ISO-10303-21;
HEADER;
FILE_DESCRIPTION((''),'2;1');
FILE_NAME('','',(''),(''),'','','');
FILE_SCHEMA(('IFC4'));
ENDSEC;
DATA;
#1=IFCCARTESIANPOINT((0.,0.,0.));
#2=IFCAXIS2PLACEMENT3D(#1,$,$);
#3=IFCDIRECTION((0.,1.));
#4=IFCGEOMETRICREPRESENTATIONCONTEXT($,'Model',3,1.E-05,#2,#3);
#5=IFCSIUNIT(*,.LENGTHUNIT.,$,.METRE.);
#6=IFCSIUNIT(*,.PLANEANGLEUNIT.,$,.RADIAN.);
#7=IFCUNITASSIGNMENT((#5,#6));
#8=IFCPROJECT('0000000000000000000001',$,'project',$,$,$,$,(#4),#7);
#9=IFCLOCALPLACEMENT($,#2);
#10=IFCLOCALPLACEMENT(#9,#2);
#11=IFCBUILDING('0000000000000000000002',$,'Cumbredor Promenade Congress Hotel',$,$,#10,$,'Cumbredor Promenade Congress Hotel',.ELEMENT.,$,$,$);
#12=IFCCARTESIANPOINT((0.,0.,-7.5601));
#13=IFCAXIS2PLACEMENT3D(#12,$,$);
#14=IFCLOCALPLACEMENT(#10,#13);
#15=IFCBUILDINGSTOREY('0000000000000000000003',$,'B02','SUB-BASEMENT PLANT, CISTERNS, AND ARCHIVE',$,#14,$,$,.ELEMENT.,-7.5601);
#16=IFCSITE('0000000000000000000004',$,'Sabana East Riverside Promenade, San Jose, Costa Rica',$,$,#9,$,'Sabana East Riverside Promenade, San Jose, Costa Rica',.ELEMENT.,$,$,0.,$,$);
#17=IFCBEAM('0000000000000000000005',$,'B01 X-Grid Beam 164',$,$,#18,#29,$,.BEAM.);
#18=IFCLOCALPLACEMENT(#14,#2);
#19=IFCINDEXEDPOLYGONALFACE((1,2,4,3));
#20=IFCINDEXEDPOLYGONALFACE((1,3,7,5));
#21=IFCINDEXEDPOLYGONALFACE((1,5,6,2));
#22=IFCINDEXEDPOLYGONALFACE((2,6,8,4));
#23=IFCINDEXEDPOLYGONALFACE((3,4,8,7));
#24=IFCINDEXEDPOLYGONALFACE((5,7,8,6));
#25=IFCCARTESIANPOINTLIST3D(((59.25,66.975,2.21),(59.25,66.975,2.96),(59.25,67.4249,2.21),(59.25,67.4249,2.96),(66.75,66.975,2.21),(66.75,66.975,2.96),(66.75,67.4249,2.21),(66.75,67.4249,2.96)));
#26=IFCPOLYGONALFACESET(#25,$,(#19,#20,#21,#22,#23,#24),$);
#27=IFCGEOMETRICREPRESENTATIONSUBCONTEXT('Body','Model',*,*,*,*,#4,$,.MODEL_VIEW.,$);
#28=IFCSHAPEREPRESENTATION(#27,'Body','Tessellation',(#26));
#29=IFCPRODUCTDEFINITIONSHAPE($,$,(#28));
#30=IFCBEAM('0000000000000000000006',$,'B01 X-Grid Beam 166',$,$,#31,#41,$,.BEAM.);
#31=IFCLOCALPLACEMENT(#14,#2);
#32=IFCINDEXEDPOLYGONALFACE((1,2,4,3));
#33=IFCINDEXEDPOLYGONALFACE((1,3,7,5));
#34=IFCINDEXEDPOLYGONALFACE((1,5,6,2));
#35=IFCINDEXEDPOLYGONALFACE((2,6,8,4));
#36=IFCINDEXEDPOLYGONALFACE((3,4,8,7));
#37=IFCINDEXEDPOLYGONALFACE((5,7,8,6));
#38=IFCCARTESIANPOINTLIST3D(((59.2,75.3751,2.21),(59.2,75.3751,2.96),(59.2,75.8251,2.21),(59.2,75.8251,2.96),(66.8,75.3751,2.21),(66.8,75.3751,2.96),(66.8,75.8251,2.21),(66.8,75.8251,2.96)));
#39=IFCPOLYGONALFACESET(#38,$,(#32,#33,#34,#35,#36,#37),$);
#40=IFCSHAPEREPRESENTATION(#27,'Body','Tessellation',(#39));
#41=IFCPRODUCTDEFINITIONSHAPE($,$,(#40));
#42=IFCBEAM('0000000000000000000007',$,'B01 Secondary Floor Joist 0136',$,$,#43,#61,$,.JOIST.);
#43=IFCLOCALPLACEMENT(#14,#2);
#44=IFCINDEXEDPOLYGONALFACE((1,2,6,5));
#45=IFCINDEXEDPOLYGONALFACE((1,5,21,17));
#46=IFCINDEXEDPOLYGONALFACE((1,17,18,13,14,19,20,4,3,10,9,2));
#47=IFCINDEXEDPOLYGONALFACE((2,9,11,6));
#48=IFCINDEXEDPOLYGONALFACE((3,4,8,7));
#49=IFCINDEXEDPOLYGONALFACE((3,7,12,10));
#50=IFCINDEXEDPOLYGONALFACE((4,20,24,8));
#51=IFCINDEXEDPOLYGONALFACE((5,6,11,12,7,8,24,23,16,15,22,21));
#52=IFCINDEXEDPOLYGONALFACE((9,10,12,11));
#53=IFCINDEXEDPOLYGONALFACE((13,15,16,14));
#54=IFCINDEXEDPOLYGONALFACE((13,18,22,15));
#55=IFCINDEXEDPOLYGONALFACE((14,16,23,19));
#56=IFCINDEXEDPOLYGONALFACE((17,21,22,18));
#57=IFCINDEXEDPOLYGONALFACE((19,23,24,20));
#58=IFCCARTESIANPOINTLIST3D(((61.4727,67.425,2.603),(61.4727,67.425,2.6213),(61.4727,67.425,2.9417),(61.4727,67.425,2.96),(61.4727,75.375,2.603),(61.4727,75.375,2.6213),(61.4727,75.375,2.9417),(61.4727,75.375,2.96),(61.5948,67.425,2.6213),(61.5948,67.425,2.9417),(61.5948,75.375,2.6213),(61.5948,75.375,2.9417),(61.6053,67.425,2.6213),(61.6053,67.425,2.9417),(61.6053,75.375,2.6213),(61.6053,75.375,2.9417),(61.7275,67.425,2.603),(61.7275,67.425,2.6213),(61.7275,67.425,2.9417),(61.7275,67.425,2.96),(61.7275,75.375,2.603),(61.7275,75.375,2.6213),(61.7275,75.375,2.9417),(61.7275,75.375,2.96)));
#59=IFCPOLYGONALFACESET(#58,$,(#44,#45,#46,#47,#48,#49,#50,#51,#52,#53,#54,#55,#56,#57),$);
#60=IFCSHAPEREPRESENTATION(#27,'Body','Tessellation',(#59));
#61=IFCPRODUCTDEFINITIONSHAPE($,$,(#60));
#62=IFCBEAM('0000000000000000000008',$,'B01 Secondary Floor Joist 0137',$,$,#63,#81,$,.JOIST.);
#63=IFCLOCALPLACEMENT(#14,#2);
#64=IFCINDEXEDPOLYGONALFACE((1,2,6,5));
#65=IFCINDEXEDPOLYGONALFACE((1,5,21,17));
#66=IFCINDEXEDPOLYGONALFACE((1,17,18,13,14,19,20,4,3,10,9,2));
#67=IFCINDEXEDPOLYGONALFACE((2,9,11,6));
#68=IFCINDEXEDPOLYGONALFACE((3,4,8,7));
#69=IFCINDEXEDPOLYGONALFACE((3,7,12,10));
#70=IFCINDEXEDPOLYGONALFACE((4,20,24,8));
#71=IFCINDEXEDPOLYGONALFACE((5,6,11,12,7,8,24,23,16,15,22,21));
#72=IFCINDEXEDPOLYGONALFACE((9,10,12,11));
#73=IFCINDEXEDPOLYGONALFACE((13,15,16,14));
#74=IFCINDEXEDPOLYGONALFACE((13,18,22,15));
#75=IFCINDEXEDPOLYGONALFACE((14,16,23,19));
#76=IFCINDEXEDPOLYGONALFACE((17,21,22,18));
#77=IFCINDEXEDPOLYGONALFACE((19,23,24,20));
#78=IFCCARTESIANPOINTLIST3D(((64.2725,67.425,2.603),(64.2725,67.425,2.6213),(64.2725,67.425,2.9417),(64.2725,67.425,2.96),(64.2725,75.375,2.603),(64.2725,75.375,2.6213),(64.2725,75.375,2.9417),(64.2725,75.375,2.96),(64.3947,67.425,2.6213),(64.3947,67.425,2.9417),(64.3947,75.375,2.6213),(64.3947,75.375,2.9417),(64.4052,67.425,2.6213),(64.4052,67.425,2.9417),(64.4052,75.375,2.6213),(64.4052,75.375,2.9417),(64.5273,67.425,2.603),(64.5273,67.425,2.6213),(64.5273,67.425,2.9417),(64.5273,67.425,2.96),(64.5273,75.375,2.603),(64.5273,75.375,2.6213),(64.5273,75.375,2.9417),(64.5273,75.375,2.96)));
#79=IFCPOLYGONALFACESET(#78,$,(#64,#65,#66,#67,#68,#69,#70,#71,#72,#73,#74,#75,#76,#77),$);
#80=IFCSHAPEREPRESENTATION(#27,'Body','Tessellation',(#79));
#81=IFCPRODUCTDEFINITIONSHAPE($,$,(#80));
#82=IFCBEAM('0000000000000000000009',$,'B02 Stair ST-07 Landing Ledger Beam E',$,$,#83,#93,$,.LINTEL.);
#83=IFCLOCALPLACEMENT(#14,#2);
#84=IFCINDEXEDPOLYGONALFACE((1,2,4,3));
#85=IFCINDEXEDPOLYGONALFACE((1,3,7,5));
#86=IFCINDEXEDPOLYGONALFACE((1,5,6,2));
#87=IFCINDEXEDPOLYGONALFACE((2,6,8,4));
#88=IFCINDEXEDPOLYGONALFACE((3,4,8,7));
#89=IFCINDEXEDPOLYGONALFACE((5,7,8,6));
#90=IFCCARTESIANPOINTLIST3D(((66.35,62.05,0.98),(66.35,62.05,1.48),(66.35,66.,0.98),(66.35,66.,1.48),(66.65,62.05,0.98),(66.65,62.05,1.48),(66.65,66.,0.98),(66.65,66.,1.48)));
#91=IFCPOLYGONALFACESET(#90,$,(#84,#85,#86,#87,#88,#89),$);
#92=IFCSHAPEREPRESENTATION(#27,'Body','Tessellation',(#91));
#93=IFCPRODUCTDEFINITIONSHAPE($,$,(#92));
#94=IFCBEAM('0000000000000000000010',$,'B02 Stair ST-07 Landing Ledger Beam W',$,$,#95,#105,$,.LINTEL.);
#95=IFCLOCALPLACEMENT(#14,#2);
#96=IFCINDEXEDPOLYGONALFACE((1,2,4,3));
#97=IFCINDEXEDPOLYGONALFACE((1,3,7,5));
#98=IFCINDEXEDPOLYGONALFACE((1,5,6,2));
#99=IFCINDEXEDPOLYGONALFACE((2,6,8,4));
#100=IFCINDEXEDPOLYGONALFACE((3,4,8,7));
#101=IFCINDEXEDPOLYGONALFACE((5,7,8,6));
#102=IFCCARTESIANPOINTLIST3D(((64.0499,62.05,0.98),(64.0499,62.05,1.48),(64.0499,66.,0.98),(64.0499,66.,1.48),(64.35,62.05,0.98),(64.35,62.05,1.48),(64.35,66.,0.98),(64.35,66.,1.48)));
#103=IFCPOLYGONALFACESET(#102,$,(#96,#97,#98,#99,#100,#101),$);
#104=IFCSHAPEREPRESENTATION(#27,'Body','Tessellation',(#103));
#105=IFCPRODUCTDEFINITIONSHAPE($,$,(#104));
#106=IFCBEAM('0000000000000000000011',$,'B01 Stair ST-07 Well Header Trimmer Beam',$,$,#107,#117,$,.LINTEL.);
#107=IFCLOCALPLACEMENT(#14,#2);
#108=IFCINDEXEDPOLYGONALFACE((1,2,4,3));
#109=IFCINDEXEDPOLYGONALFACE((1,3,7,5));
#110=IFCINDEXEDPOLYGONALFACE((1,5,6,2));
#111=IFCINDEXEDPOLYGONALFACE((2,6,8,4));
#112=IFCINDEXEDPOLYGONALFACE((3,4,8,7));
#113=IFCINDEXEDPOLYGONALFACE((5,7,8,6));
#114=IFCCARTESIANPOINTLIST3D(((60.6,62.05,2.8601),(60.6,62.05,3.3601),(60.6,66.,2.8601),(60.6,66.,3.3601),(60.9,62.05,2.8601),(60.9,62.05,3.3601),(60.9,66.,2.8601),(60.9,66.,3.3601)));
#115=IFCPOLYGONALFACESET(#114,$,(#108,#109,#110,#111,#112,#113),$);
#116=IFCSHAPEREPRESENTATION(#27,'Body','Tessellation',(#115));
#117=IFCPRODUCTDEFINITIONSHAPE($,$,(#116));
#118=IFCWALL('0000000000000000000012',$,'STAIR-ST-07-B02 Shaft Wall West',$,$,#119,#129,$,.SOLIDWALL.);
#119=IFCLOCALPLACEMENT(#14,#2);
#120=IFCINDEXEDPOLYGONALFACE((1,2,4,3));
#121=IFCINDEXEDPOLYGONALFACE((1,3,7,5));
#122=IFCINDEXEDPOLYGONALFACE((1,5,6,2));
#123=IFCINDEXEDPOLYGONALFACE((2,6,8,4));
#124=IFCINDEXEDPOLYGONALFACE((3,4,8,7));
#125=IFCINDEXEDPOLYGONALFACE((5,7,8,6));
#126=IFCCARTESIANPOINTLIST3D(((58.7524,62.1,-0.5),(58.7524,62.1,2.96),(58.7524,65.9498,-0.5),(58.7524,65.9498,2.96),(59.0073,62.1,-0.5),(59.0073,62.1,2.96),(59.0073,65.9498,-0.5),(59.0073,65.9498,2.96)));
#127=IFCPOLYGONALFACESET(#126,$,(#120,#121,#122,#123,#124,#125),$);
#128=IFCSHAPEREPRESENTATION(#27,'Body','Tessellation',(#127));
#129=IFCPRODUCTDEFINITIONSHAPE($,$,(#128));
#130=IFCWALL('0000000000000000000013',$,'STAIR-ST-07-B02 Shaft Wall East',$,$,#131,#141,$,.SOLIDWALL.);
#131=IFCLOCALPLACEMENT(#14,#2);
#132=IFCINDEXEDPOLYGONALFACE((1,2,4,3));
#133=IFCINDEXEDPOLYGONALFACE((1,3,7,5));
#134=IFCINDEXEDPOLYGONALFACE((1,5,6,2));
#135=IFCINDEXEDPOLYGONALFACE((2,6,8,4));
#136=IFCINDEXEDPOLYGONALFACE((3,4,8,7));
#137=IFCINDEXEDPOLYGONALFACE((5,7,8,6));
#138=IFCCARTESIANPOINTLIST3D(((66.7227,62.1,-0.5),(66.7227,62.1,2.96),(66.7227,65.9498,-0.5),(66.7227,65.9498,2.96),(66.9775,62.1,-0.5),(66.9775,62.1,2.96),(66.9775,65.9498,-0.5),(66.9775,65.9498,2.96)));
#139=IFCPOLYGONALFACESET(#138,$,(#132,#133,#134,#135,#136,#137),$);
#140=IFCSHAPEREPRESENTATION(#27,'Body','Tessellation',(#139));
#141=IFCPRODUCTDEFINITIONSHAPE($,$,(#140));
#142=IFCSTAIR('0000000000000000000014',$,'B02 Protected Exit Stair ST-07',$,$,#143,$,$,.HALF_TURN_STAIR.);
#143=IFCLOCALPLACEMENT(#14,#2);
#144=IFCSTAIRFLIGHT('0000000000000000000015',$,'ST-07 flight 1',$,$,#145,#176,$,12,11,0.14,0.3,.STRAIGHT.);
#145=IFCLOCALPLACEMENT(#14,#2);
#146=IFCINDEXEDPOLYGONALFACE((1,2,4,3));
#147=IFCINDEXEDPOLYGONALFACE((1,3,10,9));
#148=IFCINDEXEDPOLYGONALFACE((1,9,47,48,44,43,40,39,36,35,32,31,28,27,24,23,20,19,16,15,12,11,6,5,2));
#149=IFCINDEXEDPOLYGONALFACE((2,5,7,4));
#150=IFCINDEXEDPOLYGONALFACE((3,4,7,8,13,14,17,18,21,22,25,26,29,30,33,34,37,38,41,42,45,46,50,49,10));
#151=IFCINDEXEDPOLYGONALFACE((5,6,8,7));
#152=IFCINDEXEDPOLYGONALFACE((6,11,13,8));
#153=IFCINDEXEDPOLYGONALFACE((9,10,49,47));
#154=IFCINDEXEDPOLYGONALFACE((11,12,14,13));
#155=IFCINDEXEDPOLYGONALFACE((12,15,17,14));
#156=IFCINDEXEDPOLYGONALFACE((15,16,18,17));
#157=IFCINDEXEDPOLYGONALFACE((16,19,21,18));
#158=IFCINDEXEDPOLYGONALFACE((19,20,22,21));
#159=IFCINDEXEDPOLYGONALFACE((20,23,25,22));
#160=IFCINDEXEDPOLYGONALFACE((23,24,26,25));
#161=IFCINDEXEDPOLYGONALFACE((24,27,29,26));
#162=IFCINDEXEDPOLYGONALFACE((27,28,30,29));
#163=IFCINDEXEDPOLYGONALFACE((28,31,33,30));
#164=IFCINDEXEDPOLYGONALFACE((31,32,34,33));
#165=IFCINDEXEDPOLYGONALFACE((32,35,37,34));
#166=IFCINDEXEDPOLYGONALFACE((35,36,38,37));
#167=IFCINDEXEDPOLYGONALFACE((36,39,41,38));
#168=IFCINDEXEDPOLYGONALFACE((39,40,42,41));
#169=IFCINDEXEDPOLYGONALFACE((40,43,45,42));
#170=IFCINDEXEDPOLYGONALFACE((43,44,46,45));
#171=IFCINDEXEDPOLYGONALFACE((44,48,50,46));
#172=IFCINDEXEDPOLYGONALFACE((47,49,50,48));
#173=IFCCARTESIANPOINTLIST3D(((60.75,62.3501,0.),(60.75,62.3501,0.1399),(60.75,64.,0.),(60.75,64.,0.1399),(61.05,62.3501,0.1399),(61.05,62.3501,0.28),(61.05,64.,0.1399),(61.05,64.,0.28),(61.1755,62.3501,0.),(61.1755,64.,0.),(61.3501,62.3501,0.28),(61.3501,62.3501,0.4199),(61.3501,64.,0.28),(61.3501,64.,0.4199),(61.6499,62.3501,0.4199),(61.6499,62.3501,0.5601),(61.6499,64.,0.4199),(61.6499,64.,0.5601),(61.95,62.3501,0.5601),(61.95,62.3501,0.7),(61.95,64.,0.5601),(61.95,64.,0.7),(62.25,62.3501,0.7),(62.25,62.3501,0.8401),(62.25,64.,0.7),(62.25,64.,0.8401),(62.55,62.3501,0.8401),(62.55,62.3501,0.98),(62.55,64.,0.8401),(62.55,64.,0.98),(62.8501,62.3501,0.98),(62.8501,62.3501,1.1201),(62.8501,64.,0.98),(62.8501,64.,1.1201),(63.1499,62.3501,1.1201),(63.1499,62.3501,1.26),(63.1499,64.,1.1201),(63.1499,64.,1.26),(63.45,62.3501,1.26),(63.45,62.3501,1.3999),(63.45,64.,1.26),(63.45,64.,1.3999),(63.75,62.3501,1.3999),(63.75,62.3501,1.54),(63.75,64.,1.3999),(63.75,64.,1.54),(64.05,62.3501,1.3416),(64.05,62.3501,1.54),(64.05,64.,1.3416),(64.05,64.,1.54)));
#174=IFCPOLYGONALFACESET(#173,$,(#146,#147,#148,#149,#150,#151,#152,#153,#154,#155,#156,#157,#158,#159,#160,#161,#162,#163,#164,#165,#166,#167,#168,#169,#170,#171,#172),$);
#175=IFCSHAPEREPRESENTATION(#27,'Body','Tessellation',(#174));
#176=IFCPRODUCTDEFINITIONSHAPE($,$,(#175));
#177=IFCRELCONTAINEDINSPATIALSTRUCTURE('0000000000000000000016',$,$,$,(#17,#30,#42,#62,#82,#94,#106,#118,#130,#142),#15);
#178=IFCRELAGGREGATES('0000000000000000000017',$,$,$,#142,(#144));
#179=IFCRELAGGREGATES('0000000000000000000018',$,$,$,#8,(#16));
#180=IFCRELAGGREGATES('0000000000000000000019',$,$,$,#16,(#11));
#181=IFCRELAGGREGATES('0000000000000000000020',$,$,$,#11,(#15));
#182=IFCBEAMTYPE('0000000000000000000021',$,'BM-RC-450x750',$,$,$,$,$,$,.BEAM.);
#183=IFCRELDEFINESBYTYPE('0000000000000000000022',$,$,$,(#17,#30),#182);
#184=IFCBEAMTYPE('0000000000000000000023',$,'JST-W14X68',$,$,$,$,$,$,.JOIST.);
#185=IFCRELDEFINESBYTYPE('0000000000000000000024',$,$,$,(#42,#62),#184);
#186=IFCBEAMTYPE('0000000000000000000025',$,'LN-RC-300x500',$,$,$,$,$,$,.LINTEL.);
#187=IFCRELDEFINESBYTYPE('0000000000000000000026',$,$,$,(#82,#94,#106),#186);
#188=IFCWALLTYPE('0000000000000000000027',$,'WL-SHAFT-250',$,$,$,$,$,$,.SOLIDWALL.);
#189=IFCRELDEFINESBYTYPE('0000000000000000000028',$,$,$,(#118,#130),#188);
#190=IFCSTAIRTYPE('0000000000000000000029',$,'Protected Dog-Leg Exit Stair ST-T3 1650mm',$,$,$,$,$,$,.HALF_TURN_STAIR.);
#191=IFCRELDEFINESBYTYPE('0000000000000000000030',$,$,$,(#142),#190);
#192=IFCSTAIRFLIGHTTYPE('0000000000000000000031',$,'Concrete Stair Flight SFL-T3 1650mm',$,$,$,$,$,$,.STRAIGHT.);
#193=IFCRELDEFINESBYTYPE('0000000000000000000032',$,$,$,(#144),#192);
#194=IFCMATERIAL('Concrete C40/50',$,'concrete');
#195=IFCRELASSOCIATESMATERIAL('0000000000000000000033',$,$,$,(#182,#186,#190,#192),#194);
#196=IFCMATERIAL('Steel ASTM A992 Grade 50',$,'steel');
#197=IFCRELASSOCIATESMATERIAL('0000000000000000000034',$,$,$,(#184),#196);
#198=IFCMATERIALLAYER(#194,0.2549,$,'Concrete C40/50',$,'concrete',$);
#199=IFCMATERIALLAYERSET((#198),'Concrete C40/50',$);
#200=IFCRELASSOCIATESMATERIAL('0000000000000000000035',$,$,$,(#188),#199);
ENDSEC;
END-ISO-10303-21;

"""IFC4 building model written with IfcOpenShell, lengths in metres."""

from ifc_helpers import new_model, si_unit, direction, frame, frame_2d, origin, origin_2d, place, context, subcontext, project, spatial, polyline, rectangle, i_section, outline, extrude, material, layer, layer_set, material_profile, profile_set, type_object, element, aggregate, save


model = new_model("IFC4")

# Units and contexts
model_context = context("Model", 3, precision=1e-05, world=origin(), true_north=direction((0.0, 1.0)))
body_context = subcontext(model_context, "Body", "Model", "MODEL_VIEW")
ifc_project = project(units=[si_unit("LENGTHUNIT", "METRE"), si_unit("PLANEANGLEUNIT", "RADIAN")], contexts=[model_context])

# Site, building, storey
site_placement = place(None, origin())
site = spatial("IfcSite", under=ifc_project, at=site_placement, Name="Sabana East Riverside Promenade, San Jose, Costa Rica", LongName="Sabana East Riverside Promenade, San Jose, Costa Rica", CompositionType="ELEMENT", RefElevation=0.0)
building_placement = place(site_placement, origin())
building = spatial("IfcBuilding", under=site, at=building_placement, Name="Cumbredor Promenade Congress Hotel", LongName="Cumbredor Promenade Congress Hotel", CompositionType="ELEMENT")
storey_placement = place(building_placement, frame((0.0, 0.0, -7.5601)))
storey = spatial("IfcBuildingStorey", under=building, at=storey_placement, Name="B02", Description="SUB-BASEMENT PLANT, CISTERNS, AND ARCHIVE", CompositionType="ELEMENT", Elevation=-7.5601)

# Shared definitions
ifc_material_1 = material(Name="Concrete C40/50", Category="concrete")

# Beams
ifc_material_profile_1 = material_profile(ifc_material_1, rectangle(XDim=0.45, YDim=0.75, at=origin_2d()), Name="RC BEAM 450x750")
ifc_profile_set_1 = profile_set([ifc_material_profile_1], Name="Concrete C40/50")
beam_type_1 = type_object("IfcBeamType", Name="BM-RC-450x750", PredefinedType="BEAM", material=ifc_profile_set_1)
beam_1_placement = place(storey_placement, frame((59.25, 67.2, 2.585), z_axis=(1.0, 0.0, 0.0), x_axis=(0.0, 1.0, 0.0)))
element("IfcBeam", 1, at=beam_1_placement, inside=storey, type_object=beam_type_1, Name="B01 X-Grid Beam 164", PredefinedType="BEAM", context=body_context, shape_type="SweptSolid", body=[
    extrude(rectangle(XDim=0.45, YDim=0.75, at=origin_2d()), origin(), (0.0, 0.0, 1.0), 7.5),
])
beam_2_placement = place(storey_placement, frame((59.2, 75.6001, 2.585), z_axis=(1.0, 0.0, 0.0), x_axis=(0.0, 1.0, 0.0)))
element("IfcBeam", 2, at=beam_2_placement, inside=storey, type_object=beam_type_1, Name="B01 X-Grid Beam 166", PredefinedType="BEAM", context=body_context, shape_type="SweptSolid", body=[
    extrude(rectangle(XDim=0.45, YDim=0.75, at=origin_2d()), origin(), (0.0, 0.0, 1.0), 7.6001),
])
ifc_material_2 = material(Name="Steel ASTM A992 Grade 50", Category="steel")
ifc_material_profile_2 = material_profile(ifc_material_2, i_section(OverallWidth=0.2549, OverallDepth=0.3569, WebThickness=0.0105, FlangeThickness=0.0183, at=origin_2d()), Name="W14X68")
ifc_profile_set_2 = profile_set([ifc_material_profile_2], Name="Steel ASTM A992 Grade 50")
beam_type_2 = type_object("IfcBeamType", Name="JST-W14X68", PredefinedType="JOIST", material=ifc_profile_set_2)
for number, where, z_axis, x_axis, name in (
    (3, (61.6001, 67.425, 2.7815), (0.0, 1.0, 0.0), (-1.0, 0.0, 0.0), "B01 Secondary Floor Joist 0136"),
    (4, (64.3999, 67.425, 2.7815), (0.0, 1.0, 0.0), (-1.0, 0.0, 0.0), "B01 Secondary Floor Joist 0137"),
):
    element("IfcBeam", number, at=place(storey_placement, frame(where, z_axis=z_axis, x_axis=x_axis)), inside=storey, type_object=beam_type_2, Name=name, PredefinedType="JOIST", context=body_context, shape_type="SweptSolid", body=[
        extrude(i_section(OverallWidth=0.2549, OverallDepth=0.3569, WebThickness=0.0105, FlangeThickness=0.0183, at=origin_2d()), origin(), (0.0, 0.0, 1.0), 7.95),
    ])
ifc_material_profile_3 = material_profile(ifc_material_1, rectangle(XDim=0.3, YDim=0.5, at=origin_2d()), Name="RC LINTEL 300x500")
ifc_profile_set_3 = profile_set([ifc_material_profile_3], Name="Concrete C40/50")
beam_type_3 = type_object("IfcBeamType", Name="LN-RC-300x500", PredefinedType="LINTEL", material=ifc_profile_set_3)
for number, where, z_axis, x_axis, name in (
    (5, (66.5, 62.05, 1.23), (0.0, 1.0, 0.0), (-1.0, 0.0, 0.0), "B02 Stair ST-07 Landing Ledger Beam E"),
    (6, (64.2, 62.05, 1.23), (0.0, 1.0, 0.0), (-1.0, 0.0, 0.0), "B02 Stair ST-07 Landing Ledger Beam W"),
    (7, (60.75, 62.05, 3.1101), (0.0, 1.0, 0.0), (-1.0, 0.0, 0.0), "B01 Stair ST-07 Well Header Trimmer Beam"),
):
    element("IfcBeam", number, at=place(storey_placement, frame(where, z_axis=z_axis, x_axis=x_axis)), inside=storey, type_object=beam_type_3, Name=name, PredefinedType="LINTEL", context=body_context, shape_type="SweptSolid", body=[
        extrude(rectangle(XDim=0.3, YDim=0.5, at=origin_2d()), origin(), (0.0, 0.0, 1.0), 3.95),
    ])

# Walls
ifc_layer = layer(ifc_material_1, 0.2549, Name="Concrete C40/50", Category="concrete")
ifc_layer_set = layer_set([ifc_layer], Name="Concrete C40/50")
wall_type = type_object("IfcWallType", Name="WL-SHAFT-250", PredefinedType="SOLIDWALL", material=ifc_layer_set)
for number, where, z_axis, x_axis, name in (
    (8, (58.8799, 62.1001, -0.5), (0.0, 0.0, 1.0), (0.0, 1.0, 0.0), "STAIR-ST-07-B02 Shaft Wall West"),
    (9, (66.8501, 62.1001, -0.5), (0.0, 0.0, 1.0), (0.0, 1.0, 0.0), "STAIR-ST-07-B02 Shaft Wall East"),
):
    element("IfcWall", number, at=place(storey_placement, frame(where, z_axis=z_axis, x_axis=x_axis)), inside=storey, type_object=wall_type, Name=name, PredefinedType="SOLIDWALL", context=body_context, shape_type="SweptSolid", body=[
        extrude(rectangle(XDim=3.8499, YDim=0.2549, at=frame_2d((1.9248, 0.0))), origin(), (0.0, 0.0, 1.0), 3.46),
    ])

# Stair, stair flight
stair_type = type_object("IfcStairType", Name="Protected Dog-Leg Exit Stair ST-T3 1650mm", PredefinedType="HALF_TURN_STAIR", material=ifc_material_1)
stair_placement = place(storey_placement, origin())
stair = element("IfcStair", 10, at=stair_placement, inside=storey, type_object=stair_type, Name="B02 Protected Exit Stair ST-07", PredefinedType="HALF_TURN_STAIR")
stair_flight_type = type_object("IfcStairFlightType", Name="Concrete Stair Flight SFL-T3 1650mm", PredefinedType="STRAIGHT", material=ifc_material_1)
stair_flight_1_placement = place(storey_placement, frame((60.75, 63.175, 0.0), z_axis=(0.0, 0.0, 1.0), x_axis=(1.0, 0.0, 0.0)))
stair_flight_1 = element("IfcStairFlight", 11, at=stair_flight_1_placement, type_object=stair_flight_type, Name="ST-07 flight 1", NumberOfRisers=12, NumberOfTreads=11, PredefinedType="STRAIGHT", RiserHeight=0.14, TreadLength=0.3, context=body_context, shape_type="SweptSolid", body=[
    extrude(outline(polyline([(0.0, 0.0), (0.0, 0.1399), (0.3, 0.1399), (0.3, 0.28), (0.6001, 0.28), (0.6001, 0.4199), (0.8999, 0.4199), (0.8999, 0.5601), (1.2, 0.5601), (1.2, 0.7), (1.5, 0.7), (1.5, 0.8401), (1.8, 0.8401), (1.8, 0.98), (2.1001, 0.98), (2.1001, 1.1201), (2.3999, 1.1201), (2.3999, 1.26), (2.7, 1.26), (2.7, 1.3999), (3.0, 1.3999), (3.0, 1.54), (3.3, 1.54), (3.3, 1.6799), (3.3, 1.3416), (0.4255, 0.0), (0.0, 0.0)])), frame((0.0, 0.825, 0.0), z_axis=(0.0, -1.0, 0.0), x_axis=(1.0, 0.0, 0.0)), (0.0, 0.0, 1.0), 1.6499),
])
aggregate(stair, [stair_flight_1])

save(model, "model.ifc")
